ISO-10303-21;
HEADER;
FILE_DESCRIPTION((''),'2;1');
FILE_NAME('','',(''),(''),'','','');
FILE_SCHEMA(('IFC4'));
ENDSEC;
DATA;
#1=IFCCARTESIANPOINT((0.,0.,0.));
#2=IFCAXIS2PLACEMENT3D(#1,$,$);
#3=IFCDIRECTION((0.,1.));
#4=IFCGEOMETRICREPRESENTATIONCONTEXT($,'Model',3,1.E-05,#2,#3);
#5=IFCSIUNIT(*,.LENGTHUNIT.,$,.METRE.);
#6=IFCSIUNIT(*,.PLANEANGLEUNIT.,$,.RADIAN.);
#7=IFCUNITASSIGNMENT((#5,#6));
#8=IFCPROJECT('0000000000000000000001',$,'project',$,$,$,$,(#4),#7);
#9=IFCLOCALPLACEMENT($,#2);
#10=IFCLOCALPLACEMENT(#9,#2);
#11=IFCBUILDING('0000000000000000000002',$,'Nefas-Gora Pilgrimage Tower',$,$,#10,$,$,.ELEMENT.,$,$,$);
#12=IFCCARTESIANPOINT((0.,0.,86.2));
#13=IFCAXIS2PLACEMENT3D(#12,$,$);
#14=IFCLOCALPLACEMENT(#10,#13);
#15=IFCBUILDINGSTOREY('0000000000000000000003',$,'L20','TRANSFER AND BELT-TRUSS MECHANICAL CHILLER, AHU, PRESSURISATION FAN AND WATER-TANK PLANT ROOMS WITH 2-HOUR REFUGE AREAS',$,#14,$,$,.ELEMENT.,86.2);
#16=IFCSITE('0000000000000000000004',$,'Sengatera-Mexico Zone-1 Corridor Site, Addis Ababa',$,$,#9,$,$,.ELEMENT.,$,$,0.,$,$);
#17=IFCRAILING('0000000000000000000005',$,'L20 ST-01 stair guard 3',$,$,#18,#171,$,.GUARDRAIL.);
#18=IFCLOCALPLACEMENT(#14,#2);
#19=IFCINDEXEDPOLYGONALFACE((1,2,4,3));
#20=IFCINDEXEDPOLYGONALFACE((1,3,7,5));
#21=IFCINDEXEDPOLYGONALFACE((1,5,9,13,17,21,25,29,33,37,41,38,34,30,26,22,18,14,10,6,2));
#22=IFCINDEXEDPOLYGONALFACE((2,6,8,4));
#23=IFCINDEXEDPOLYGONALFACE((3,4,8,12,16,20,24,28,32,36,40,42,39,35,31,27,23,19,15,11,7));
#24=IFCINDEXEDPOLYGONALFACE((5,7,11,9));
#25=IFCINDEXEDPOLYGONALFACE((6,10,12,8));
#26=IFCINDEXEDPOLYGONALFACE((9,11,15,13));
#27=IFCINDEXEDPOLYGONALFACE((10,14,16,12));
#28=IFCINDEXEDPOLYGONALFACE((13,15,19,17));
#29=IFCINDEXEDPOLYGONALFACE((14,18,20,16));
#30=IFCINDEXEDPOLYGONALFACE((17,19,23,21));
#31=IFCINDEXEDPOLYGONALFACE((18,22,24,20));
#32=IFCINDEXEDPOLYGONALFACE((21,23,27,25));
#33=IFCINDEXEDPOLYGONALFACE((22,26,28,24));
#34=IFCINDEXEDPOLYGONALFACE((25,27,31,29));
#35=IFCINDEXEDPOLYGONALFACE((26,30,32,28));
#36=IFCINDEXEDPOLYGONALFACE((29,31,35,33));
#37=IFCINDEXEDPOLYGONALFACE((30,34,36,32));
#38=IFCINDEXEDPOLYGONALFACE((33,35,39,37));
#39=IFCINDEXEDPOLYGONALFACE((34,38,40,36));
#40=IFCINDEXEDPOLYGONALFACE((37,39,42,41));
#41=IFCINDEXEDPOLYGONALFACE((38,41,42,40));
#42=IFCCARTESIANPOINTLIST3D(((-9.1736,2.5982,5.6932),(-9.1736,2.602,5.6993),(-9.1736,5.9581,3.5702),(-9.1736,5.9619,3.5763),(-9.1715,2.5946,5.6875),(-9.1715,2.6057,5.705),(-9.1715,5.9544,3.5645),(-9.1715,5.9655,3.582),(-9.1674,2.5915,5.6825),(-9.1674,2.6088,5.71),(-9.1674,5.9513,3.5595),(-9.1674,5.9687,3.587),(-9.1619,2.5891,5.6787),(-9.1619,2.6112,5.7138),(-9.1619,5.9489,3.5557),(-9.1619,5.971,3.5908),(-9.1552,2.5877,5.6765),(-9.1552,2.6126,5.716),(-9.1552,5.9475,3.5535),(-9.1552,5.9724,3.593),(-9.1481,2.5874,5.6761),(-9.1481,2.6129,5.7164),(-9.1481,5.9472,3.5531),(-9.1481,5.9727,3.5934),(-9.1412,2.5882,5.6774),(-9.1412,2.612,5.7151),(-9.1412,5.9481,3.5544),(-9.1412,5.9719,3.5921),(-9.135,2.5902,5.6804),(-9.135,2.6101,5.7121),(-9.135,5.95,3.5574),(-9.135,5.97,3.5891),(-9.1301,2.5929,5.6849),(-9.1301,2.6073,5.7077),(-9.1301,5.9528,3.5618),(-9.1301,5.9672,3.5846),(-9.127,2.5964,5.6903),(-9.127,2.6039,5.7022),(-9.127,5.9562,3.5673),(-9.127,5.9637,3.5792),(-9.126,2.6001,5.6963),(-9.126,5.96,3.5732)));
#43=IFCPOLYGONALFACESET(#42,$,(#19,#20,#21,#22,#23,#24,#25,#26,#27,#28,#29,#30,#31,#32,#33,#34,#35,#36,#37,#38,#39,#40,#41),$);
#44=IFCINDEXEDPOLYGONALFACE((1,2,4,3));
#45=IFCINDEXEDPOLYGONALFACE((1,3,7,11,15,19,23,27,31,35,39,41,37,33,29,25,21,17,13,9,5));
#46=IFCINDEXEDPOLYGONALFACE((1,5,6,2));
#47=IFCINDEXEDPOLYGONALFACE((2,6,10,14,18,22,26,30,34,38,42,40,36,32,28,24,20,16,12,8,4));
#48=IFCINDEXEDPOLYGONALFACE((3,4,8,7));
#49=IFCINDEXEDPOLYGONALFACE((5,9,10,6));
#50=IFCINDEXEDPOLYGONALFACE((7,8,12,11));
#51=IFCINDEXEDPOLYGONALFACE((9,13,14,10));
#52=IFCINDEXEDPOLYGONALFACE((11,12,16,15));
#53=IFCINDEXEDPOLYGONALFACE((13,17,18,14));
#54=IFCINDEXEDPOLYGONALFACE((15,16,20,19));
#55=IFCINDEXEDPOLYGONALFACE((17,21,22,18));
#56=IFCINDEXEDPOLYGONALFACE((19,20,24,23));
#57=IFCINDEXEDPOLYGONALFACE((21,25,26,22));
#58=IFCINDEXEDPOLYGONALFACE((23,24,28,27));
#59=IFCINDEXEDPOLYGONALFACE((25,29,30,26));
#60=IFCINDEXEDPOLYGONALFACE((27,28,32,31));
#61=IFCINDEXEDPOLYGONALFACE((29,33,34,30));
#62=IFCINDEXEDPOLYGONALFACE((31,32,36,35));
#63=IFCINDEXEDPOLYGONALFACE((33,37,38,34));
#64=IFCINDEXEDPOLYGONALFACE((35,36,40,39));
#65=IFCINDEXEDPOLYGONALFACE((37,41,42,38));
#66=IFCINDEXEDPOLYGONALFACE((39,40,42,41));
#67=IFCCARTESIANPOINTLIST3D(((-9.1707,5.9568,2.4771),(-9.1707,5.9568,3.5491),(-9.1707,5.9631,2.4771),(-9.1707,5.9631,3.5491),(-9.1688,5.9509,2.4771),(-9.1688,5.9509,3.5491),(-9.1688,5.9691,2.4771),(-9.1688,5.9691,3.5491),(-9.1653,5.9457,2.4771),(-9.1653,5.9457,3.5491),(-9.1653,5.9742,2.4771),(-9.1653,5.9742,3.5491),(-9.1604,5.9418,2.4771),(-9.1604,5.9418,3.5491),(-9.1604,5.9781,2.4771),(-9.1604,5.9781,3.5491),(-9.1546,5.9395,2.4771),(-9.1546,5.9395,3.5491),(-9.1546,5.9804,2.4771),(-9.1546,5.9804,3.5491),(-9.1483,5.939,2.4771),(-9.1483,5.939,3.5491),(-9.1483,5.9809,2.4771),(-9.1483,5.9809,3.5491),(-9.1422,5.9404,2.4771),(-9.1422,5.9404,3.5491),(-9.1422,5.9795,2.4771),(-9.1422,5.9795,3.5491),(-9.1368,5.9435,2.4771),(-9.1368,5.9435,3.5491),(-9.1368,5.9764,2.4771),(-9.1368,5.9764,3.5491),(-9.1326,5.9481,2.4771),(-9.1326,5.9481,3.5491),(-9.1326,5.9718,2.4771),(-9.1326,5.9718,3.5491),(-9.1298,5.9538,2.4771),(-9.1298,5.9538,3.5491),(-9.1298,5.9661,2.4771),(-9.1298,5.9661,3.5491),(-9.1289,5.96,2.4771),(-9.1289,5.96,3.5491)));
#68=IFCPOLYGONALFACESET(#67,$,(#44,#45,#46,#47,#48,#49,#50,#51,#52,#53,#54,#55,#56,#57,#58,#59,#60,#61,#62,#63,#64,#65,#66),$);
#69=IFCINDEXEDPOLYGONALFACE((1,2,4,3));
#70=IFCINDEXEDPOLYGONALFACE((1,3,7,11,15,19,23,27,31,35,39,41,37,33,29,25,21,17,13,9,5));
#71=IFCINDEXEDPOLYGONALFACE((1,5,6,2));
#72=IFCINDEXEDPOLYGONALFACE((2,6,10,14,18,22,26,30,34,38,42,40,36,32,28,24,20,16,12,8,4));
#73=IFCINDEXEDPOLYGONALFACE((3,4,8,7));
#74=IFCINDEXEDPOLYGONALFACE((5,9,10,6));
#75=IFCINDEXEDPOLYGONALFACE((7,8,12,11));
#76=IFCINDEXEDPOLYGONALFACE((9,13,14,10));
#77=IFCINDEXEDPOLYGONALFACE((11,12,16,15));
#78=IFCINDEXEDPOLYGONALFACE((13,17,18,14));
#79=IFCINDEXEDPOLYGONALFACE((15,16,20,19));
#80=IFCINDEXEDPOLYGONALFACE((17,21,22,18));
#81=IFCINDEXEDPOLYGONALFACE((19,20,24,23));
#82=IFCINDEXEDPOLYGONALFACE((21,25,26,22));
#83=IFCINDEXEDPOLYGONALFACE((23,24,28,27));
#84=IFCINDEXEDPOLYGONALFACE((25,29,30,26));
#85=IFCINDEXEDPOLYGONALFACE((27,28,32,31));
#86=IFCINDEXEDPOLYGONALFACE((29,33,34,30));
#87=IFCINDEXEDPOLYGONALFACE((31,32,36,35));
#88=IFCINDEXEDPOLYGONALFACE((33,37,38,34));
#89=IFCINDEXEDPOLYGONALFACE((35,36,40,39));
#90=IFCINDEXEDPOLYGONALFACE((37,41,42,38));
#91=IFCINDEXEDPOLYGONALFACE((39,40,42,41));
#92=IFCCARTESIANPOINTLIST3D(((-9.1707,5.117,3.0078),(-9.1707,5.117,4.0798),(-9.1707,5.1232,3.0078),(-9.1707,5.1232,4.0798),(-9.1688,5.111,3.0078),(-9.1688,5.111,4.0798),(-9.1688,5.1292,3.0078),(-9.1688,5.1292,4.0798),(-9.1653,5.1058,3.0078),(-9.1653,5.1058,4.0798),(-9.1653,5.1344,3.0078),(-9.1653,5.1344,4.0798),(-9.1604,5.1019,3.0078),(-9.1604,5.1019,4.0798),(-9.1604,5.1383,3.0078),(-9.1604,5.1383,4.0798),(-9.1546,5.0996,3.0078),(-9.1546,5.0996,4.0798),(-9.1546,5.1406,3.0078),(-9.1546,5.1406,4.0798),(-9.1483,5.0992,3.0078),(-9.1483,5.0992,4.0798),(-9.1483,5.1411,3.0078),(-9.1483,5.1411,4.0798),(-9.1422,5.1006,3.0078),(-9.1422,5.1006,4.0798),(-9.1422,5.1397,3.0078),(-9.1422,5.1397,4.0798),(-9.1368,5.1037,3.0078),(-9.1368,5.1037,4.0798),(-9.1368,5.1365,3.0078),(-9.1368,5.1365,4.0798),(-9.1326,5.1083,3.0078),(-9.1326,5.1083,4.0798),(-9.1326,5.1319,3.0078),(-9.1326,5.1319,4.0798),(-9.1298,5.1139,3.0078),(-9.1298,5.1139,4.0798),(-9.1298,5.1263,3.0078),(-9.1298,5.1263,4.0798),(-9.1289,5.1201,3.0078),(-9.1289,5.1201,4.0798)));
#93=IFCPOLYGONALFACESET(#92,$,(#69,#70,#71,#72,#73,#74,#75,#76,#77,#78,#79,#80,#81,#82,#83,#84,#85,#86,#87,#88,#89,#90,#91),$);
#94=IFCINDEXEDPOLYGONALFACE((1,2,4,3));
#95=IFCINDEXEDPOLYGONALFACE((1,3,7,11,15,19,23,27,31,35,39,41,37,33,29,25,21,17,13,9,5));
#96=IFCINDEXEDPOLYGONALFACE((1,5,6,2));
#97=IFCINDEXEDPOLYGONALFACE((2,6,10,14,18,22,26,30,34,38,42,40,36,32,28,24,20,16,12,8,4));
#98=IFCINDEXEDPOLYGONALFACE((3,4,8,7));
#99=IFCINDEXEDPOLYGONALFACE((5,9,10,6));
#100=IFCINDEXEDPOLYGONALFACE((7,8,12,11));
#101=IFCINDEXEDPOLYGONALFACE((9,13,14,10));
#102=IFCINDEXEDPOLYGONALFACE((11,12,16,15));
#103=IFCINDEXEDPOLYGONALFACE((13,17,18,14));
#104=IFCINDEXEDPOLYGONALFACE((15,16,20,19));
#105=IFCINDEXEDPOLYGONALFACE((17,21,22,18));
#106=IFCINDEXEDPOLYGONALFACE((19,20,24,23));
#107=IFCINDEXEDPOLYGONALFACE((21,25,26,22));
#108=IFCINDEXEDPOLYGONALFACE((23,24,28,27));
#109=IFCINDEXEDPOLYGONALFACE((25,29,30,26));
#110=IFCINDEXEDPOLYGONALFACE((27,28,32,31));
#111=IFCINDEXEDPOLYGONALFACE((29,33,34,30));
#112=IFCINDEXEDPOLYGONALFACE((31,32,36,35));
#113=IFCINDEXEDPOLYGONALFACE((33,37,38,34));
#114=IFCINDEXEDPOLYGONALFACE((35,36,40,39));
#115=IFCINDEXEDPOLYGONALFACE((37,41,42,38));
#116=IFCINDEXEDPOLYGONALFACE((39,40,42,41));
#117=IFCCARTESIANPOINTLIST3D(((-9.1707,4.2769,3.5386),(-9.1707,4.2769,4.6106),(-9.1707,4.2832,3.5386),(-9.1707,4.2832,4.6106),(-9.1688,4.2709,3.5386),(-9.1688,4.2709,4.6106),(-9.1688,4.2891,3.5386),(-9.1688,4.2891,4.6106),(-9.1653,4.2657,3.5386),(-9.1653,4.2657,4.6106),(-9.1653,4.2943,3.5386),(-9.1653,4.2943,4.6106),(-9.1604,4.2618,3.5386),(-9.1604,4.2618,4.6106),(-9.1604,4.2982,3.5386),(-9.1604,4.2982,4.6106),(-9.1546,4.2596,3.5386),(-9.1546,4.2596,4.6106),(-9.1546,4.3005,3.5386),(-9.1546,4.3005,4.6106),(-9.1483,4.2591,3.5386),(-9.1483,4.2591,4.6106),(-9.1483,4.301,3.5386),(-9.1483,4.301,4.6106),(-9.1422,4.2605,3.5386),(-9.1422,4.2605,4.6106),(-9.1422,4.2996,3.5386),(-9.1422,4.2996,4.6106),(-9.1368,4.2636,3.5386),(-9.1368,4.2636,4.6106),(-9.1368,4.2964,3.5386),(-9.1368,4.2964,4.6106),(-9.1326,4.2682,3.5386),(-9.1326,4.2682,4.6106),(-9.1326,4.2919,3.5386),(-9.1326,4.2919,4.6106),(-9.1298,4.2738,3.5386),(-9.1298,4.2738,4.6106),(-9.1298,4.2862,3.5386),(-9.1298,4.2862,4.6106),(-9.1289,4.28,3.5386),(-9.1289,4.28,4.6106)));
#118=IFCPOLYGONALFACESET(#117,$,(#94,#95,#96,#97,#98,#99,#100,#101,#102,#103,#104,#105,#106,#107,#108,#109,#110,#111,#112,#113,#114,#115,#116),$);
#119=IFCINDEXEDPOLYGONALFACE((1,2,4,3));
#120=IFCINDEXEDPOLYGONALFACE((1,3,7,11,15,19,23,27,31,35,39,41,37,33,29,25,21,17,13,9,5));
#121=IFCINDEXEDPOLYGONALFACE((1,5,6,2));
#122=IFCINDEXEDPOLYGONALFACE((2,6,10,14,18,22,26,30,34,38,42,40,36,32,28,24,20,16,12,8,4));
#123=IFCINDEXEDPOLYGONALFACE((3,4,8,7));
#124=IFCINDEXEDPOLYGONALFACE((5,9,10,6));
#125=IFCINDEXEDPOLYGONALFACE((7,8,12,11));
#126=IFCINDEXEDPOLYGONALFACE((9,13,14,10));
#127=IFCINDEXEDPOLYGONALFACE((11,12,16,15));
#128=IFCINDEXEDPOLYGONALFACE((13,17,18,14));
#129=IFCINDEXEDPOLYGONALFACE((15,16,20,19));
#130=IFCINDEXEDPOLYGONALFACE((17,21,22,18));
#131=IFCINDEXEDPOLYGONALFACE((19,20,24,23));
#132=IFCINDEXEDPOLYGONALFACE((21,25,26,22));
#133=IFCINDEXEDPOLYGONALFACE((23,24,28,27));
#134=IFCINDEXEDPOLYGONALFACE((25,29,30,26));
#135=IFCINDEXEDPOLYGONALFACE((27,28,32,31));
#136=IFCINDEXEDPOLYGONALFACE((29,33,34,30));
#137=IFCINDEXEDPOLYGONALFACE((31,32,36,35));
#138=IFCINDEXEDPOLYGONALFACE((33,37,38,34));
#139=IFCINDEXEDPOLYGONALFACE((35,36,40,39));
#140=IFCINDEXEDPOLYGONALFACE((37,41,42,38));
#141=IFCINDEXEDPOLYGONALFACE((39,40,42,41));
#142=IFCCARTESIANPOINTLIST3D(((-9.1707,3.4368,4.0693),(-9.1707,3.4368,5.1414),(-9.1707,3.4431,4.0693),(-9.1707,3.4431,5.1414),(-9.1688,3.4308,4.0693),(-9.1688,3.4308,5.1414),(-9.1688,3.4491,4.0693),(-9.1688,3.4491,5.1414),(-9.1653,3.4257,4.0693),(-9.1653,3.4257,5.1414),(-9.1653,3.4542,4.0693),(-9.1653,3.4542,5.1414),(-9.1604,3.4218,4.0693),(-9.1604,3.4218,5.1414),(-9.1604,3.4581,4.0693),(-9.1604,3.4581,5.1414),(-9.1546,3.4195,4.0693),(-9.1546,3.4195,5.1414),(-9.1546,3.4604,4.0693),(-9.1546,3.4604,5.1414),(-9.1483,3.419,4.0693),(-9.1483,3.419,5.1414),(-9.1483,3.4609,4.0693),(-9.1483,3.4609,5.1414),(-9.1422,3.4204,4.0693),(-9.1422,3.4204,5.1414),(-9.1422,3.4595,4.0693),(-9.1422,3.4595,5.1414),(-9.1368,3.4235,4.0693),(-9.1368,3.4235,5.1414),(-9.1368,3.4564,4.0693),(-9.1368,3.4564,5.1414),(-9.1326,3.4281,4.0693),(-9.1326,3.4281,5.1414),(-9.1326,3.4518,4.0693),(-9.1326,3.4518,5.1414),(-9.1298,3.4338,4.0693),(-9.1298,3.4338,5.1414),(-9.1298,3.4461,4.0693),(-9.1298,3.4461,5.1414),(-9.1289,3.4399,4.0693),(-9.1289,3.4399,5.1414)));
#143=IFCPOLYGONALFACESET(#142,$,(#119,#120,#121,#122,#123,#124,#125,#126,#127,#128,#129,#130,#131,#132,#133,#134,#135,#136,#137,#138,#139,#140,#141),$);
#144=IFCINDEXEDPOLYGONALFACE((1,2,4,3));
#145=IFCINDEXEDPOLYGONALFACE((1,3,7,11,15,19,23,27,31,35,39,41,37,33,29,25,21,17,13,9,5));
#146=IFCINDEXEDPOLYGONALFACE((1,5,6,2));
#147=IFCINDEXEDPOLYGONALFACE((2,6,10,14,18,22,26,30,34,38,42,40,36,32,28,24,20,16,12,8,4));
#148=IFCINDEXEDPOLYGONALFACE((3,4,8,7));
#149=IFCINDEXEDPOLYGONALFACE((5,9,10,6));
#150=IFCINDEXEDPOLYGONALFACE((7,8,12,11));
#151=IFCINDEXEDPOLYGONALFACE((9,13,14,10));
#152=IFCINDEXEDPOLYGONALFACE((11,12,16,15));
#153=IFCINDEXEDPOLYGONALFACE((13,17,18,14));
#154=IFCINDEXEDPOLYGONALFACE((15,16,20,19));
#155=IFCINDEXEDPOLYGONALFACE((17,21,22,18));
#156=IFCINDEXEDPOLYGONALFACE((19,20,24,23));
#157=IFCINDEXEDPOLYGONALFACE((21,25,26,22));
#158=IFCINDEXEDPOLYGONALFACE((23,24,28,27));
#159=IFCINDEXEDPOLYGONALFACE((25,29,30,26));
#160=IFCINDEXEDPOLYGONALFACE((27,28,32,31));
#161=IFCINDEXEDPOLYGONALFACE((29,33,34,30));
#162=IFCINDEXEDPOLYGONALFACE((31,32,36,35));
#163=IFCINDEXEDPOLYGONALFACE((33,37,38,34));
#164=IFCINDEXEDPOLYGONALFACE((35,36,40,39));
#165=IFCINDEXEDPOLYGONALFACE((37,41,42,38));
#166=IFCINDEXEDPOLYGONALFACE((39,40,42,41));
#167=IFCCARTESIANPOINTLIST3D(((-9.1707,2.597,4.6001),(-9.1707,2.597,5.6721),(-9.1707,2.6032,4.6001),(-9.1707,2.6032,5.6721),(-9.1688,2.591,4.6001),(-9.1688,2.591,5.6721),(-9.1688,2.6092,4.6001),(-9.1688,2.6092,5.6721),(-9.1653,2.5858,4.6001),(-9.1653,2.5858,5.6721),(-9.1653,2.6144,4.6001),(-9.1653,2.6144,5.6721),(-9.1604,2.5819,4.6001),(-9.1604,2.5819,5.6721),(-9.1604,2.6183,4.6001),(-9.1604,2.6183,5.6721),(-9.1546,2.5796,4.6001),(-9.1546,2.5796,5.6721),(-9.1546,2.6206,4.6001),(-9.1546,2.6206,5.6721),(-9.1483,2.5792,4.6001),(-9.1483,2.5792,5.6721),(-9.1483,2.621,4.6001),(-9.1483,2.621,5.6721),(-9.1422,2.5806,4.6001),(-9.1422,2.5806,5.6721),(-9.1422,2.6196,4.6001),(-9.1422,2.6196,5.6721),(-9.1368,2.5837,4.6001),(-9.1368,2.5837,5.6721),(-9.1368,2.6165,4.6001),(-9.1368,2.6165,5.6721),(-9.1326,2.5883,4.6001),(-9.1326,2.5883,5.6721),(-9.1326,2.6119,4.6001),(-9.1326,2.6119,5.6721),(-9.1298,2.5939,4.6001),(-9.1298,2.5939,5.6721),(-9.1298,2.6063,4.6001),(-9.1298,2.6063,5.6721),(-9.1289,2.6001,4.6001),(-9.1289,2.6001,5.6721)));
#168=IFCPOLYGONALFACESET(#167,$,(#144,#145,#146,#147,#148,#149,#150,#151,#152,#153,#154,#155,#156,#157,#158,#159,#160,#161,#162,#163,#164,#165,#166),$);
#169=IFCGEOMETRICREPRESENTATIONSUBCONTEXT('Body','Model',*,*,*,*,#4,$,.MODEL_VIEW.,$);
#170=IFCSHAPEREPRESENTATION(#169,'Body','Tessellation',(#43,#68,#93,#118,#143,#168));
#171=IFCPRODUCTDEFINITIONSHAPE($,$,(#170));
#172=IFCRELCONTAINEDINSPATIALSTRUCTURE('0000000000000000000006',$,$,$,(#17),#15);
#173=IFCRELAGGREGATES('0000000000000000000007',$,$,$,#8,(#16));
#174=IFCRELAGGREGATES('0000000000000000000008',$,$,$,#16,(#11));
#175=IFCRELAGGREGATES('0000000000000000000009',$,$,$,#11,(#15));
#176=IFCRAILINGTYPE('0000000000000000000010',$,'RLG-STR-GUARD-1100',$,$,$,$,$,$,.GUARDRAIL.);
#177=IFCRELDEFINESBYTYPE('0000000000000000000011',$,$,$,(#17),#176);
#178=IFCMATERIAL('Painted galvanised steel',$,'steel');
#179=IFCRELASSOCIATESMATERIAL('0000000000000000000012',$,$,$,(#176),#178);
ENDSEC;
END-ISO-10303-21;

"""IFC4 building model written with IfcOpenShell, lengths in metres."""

from ifc_helpers import new_model, si_unit, direction, frame, origin, origin_2d, place, context, subcontext, project, spatial, circle, extrude, material, type_object, element, save


model = new_model("IFC4")

# Units and contexts
model_context = context("Model", 3, precision=1e-05, world=origin(), true_north=direction((0.0, 1.0)))
body_context = subcontext(model_context, "Body", "Model", "MODEL_VIEW")
ifc_project = project(units=[si_unit("LENGTHUNIT", "METRE"), si_unit("PLANEANGLEUNIT", "RADIAN")], contexts=[model_context])

# Site, building, storey
site_placement = place(None, origin())
site = spatial("IfcSite", under=ifc_project, at=site_placement, Name="Sengatera-Mexico Zone-1 Corridor Site, Addis Ababa", CompositionType="ELEMENT", RefElevation=0.0)
building_placement = place(site_placement, origin())
building = spatial("IfcBuilding", under=site, at=building_placement, Name="Nefas-Gora Pilgrimage Tower", CompositionType="ELEMENT")
storey_placement = place(building_placement, frame((0.0, 0.0, 86.2)))
storey = spatial("IfcBuildingStorey", under=building, at=storey_placement, Name="L20", Description="TRANSFER AND BELT-TRUSS MECHANICAL CHILLER, AHU, PRESSURISATION FAN AND WATER-TANK PLANT ROOMS WITH 2-HOUR REFUGE AREAS", CompositionType="ELEMENT", Elevation=86.2)

# Railing
ifc_material_1 = material(Name="Painted galvanised steel", Category="steel")
railing_type_1 = type_object("IfcRailingType", Name="RLG-STR-GUARD-1100", PredefinedType="GUARDRAIL", material=ifc_material_1)
railing_1_placement = place(storey_placement, frame((-9.1499, 5.96, 2.4771)))
element("IfcRailing", 1, at=railing_1_placement, inside=storey, type_object=railing_type_1, Name="L20 ST-01 stair guard 3", PredefinedType="GUARDRAIL", context=body_context, shape_type="SweptSolid", body=[
    extrude(circle(Radius=0.0239, at=origin_2d()), frame((0.0, 0.0, 1.0962), z_axis=(0.0, -0.845372, 0.534178), x_axis=(1.0, 0.0, 0.0)), (0.0, 0.0, 1.0), 3.9744),
    extrude(circle(Radius=0.021, at=origin_2d()), origin(), (0.0, 0.0, 1.0), 1.072),
    extrude(circle(Radius=0.021, at=origin_2d()), frame((0.0, -0.8398, 0.5308)), (0.0, 0.0, 1.0), 1.072),
    extrude(circle(Radius=0.021, at=origin_2d()), frame((0.0, -1.6799, 1.0615)), (0.0, 0.0, 1.0), 1.072),
    extrude(circle(Radius=0.021, at=origin_2d()), frame((0.0, -2.52, 1.5923)), (0.0, 0.0, 1.0), 1.072),
    extrude(circle(Radius=0.021, at=origin_2d()), frame((0.0, -3.3599, 2.123)), (0.0, 0.0, 1.0), 1.072),
])

save(model, "model.ifc")
